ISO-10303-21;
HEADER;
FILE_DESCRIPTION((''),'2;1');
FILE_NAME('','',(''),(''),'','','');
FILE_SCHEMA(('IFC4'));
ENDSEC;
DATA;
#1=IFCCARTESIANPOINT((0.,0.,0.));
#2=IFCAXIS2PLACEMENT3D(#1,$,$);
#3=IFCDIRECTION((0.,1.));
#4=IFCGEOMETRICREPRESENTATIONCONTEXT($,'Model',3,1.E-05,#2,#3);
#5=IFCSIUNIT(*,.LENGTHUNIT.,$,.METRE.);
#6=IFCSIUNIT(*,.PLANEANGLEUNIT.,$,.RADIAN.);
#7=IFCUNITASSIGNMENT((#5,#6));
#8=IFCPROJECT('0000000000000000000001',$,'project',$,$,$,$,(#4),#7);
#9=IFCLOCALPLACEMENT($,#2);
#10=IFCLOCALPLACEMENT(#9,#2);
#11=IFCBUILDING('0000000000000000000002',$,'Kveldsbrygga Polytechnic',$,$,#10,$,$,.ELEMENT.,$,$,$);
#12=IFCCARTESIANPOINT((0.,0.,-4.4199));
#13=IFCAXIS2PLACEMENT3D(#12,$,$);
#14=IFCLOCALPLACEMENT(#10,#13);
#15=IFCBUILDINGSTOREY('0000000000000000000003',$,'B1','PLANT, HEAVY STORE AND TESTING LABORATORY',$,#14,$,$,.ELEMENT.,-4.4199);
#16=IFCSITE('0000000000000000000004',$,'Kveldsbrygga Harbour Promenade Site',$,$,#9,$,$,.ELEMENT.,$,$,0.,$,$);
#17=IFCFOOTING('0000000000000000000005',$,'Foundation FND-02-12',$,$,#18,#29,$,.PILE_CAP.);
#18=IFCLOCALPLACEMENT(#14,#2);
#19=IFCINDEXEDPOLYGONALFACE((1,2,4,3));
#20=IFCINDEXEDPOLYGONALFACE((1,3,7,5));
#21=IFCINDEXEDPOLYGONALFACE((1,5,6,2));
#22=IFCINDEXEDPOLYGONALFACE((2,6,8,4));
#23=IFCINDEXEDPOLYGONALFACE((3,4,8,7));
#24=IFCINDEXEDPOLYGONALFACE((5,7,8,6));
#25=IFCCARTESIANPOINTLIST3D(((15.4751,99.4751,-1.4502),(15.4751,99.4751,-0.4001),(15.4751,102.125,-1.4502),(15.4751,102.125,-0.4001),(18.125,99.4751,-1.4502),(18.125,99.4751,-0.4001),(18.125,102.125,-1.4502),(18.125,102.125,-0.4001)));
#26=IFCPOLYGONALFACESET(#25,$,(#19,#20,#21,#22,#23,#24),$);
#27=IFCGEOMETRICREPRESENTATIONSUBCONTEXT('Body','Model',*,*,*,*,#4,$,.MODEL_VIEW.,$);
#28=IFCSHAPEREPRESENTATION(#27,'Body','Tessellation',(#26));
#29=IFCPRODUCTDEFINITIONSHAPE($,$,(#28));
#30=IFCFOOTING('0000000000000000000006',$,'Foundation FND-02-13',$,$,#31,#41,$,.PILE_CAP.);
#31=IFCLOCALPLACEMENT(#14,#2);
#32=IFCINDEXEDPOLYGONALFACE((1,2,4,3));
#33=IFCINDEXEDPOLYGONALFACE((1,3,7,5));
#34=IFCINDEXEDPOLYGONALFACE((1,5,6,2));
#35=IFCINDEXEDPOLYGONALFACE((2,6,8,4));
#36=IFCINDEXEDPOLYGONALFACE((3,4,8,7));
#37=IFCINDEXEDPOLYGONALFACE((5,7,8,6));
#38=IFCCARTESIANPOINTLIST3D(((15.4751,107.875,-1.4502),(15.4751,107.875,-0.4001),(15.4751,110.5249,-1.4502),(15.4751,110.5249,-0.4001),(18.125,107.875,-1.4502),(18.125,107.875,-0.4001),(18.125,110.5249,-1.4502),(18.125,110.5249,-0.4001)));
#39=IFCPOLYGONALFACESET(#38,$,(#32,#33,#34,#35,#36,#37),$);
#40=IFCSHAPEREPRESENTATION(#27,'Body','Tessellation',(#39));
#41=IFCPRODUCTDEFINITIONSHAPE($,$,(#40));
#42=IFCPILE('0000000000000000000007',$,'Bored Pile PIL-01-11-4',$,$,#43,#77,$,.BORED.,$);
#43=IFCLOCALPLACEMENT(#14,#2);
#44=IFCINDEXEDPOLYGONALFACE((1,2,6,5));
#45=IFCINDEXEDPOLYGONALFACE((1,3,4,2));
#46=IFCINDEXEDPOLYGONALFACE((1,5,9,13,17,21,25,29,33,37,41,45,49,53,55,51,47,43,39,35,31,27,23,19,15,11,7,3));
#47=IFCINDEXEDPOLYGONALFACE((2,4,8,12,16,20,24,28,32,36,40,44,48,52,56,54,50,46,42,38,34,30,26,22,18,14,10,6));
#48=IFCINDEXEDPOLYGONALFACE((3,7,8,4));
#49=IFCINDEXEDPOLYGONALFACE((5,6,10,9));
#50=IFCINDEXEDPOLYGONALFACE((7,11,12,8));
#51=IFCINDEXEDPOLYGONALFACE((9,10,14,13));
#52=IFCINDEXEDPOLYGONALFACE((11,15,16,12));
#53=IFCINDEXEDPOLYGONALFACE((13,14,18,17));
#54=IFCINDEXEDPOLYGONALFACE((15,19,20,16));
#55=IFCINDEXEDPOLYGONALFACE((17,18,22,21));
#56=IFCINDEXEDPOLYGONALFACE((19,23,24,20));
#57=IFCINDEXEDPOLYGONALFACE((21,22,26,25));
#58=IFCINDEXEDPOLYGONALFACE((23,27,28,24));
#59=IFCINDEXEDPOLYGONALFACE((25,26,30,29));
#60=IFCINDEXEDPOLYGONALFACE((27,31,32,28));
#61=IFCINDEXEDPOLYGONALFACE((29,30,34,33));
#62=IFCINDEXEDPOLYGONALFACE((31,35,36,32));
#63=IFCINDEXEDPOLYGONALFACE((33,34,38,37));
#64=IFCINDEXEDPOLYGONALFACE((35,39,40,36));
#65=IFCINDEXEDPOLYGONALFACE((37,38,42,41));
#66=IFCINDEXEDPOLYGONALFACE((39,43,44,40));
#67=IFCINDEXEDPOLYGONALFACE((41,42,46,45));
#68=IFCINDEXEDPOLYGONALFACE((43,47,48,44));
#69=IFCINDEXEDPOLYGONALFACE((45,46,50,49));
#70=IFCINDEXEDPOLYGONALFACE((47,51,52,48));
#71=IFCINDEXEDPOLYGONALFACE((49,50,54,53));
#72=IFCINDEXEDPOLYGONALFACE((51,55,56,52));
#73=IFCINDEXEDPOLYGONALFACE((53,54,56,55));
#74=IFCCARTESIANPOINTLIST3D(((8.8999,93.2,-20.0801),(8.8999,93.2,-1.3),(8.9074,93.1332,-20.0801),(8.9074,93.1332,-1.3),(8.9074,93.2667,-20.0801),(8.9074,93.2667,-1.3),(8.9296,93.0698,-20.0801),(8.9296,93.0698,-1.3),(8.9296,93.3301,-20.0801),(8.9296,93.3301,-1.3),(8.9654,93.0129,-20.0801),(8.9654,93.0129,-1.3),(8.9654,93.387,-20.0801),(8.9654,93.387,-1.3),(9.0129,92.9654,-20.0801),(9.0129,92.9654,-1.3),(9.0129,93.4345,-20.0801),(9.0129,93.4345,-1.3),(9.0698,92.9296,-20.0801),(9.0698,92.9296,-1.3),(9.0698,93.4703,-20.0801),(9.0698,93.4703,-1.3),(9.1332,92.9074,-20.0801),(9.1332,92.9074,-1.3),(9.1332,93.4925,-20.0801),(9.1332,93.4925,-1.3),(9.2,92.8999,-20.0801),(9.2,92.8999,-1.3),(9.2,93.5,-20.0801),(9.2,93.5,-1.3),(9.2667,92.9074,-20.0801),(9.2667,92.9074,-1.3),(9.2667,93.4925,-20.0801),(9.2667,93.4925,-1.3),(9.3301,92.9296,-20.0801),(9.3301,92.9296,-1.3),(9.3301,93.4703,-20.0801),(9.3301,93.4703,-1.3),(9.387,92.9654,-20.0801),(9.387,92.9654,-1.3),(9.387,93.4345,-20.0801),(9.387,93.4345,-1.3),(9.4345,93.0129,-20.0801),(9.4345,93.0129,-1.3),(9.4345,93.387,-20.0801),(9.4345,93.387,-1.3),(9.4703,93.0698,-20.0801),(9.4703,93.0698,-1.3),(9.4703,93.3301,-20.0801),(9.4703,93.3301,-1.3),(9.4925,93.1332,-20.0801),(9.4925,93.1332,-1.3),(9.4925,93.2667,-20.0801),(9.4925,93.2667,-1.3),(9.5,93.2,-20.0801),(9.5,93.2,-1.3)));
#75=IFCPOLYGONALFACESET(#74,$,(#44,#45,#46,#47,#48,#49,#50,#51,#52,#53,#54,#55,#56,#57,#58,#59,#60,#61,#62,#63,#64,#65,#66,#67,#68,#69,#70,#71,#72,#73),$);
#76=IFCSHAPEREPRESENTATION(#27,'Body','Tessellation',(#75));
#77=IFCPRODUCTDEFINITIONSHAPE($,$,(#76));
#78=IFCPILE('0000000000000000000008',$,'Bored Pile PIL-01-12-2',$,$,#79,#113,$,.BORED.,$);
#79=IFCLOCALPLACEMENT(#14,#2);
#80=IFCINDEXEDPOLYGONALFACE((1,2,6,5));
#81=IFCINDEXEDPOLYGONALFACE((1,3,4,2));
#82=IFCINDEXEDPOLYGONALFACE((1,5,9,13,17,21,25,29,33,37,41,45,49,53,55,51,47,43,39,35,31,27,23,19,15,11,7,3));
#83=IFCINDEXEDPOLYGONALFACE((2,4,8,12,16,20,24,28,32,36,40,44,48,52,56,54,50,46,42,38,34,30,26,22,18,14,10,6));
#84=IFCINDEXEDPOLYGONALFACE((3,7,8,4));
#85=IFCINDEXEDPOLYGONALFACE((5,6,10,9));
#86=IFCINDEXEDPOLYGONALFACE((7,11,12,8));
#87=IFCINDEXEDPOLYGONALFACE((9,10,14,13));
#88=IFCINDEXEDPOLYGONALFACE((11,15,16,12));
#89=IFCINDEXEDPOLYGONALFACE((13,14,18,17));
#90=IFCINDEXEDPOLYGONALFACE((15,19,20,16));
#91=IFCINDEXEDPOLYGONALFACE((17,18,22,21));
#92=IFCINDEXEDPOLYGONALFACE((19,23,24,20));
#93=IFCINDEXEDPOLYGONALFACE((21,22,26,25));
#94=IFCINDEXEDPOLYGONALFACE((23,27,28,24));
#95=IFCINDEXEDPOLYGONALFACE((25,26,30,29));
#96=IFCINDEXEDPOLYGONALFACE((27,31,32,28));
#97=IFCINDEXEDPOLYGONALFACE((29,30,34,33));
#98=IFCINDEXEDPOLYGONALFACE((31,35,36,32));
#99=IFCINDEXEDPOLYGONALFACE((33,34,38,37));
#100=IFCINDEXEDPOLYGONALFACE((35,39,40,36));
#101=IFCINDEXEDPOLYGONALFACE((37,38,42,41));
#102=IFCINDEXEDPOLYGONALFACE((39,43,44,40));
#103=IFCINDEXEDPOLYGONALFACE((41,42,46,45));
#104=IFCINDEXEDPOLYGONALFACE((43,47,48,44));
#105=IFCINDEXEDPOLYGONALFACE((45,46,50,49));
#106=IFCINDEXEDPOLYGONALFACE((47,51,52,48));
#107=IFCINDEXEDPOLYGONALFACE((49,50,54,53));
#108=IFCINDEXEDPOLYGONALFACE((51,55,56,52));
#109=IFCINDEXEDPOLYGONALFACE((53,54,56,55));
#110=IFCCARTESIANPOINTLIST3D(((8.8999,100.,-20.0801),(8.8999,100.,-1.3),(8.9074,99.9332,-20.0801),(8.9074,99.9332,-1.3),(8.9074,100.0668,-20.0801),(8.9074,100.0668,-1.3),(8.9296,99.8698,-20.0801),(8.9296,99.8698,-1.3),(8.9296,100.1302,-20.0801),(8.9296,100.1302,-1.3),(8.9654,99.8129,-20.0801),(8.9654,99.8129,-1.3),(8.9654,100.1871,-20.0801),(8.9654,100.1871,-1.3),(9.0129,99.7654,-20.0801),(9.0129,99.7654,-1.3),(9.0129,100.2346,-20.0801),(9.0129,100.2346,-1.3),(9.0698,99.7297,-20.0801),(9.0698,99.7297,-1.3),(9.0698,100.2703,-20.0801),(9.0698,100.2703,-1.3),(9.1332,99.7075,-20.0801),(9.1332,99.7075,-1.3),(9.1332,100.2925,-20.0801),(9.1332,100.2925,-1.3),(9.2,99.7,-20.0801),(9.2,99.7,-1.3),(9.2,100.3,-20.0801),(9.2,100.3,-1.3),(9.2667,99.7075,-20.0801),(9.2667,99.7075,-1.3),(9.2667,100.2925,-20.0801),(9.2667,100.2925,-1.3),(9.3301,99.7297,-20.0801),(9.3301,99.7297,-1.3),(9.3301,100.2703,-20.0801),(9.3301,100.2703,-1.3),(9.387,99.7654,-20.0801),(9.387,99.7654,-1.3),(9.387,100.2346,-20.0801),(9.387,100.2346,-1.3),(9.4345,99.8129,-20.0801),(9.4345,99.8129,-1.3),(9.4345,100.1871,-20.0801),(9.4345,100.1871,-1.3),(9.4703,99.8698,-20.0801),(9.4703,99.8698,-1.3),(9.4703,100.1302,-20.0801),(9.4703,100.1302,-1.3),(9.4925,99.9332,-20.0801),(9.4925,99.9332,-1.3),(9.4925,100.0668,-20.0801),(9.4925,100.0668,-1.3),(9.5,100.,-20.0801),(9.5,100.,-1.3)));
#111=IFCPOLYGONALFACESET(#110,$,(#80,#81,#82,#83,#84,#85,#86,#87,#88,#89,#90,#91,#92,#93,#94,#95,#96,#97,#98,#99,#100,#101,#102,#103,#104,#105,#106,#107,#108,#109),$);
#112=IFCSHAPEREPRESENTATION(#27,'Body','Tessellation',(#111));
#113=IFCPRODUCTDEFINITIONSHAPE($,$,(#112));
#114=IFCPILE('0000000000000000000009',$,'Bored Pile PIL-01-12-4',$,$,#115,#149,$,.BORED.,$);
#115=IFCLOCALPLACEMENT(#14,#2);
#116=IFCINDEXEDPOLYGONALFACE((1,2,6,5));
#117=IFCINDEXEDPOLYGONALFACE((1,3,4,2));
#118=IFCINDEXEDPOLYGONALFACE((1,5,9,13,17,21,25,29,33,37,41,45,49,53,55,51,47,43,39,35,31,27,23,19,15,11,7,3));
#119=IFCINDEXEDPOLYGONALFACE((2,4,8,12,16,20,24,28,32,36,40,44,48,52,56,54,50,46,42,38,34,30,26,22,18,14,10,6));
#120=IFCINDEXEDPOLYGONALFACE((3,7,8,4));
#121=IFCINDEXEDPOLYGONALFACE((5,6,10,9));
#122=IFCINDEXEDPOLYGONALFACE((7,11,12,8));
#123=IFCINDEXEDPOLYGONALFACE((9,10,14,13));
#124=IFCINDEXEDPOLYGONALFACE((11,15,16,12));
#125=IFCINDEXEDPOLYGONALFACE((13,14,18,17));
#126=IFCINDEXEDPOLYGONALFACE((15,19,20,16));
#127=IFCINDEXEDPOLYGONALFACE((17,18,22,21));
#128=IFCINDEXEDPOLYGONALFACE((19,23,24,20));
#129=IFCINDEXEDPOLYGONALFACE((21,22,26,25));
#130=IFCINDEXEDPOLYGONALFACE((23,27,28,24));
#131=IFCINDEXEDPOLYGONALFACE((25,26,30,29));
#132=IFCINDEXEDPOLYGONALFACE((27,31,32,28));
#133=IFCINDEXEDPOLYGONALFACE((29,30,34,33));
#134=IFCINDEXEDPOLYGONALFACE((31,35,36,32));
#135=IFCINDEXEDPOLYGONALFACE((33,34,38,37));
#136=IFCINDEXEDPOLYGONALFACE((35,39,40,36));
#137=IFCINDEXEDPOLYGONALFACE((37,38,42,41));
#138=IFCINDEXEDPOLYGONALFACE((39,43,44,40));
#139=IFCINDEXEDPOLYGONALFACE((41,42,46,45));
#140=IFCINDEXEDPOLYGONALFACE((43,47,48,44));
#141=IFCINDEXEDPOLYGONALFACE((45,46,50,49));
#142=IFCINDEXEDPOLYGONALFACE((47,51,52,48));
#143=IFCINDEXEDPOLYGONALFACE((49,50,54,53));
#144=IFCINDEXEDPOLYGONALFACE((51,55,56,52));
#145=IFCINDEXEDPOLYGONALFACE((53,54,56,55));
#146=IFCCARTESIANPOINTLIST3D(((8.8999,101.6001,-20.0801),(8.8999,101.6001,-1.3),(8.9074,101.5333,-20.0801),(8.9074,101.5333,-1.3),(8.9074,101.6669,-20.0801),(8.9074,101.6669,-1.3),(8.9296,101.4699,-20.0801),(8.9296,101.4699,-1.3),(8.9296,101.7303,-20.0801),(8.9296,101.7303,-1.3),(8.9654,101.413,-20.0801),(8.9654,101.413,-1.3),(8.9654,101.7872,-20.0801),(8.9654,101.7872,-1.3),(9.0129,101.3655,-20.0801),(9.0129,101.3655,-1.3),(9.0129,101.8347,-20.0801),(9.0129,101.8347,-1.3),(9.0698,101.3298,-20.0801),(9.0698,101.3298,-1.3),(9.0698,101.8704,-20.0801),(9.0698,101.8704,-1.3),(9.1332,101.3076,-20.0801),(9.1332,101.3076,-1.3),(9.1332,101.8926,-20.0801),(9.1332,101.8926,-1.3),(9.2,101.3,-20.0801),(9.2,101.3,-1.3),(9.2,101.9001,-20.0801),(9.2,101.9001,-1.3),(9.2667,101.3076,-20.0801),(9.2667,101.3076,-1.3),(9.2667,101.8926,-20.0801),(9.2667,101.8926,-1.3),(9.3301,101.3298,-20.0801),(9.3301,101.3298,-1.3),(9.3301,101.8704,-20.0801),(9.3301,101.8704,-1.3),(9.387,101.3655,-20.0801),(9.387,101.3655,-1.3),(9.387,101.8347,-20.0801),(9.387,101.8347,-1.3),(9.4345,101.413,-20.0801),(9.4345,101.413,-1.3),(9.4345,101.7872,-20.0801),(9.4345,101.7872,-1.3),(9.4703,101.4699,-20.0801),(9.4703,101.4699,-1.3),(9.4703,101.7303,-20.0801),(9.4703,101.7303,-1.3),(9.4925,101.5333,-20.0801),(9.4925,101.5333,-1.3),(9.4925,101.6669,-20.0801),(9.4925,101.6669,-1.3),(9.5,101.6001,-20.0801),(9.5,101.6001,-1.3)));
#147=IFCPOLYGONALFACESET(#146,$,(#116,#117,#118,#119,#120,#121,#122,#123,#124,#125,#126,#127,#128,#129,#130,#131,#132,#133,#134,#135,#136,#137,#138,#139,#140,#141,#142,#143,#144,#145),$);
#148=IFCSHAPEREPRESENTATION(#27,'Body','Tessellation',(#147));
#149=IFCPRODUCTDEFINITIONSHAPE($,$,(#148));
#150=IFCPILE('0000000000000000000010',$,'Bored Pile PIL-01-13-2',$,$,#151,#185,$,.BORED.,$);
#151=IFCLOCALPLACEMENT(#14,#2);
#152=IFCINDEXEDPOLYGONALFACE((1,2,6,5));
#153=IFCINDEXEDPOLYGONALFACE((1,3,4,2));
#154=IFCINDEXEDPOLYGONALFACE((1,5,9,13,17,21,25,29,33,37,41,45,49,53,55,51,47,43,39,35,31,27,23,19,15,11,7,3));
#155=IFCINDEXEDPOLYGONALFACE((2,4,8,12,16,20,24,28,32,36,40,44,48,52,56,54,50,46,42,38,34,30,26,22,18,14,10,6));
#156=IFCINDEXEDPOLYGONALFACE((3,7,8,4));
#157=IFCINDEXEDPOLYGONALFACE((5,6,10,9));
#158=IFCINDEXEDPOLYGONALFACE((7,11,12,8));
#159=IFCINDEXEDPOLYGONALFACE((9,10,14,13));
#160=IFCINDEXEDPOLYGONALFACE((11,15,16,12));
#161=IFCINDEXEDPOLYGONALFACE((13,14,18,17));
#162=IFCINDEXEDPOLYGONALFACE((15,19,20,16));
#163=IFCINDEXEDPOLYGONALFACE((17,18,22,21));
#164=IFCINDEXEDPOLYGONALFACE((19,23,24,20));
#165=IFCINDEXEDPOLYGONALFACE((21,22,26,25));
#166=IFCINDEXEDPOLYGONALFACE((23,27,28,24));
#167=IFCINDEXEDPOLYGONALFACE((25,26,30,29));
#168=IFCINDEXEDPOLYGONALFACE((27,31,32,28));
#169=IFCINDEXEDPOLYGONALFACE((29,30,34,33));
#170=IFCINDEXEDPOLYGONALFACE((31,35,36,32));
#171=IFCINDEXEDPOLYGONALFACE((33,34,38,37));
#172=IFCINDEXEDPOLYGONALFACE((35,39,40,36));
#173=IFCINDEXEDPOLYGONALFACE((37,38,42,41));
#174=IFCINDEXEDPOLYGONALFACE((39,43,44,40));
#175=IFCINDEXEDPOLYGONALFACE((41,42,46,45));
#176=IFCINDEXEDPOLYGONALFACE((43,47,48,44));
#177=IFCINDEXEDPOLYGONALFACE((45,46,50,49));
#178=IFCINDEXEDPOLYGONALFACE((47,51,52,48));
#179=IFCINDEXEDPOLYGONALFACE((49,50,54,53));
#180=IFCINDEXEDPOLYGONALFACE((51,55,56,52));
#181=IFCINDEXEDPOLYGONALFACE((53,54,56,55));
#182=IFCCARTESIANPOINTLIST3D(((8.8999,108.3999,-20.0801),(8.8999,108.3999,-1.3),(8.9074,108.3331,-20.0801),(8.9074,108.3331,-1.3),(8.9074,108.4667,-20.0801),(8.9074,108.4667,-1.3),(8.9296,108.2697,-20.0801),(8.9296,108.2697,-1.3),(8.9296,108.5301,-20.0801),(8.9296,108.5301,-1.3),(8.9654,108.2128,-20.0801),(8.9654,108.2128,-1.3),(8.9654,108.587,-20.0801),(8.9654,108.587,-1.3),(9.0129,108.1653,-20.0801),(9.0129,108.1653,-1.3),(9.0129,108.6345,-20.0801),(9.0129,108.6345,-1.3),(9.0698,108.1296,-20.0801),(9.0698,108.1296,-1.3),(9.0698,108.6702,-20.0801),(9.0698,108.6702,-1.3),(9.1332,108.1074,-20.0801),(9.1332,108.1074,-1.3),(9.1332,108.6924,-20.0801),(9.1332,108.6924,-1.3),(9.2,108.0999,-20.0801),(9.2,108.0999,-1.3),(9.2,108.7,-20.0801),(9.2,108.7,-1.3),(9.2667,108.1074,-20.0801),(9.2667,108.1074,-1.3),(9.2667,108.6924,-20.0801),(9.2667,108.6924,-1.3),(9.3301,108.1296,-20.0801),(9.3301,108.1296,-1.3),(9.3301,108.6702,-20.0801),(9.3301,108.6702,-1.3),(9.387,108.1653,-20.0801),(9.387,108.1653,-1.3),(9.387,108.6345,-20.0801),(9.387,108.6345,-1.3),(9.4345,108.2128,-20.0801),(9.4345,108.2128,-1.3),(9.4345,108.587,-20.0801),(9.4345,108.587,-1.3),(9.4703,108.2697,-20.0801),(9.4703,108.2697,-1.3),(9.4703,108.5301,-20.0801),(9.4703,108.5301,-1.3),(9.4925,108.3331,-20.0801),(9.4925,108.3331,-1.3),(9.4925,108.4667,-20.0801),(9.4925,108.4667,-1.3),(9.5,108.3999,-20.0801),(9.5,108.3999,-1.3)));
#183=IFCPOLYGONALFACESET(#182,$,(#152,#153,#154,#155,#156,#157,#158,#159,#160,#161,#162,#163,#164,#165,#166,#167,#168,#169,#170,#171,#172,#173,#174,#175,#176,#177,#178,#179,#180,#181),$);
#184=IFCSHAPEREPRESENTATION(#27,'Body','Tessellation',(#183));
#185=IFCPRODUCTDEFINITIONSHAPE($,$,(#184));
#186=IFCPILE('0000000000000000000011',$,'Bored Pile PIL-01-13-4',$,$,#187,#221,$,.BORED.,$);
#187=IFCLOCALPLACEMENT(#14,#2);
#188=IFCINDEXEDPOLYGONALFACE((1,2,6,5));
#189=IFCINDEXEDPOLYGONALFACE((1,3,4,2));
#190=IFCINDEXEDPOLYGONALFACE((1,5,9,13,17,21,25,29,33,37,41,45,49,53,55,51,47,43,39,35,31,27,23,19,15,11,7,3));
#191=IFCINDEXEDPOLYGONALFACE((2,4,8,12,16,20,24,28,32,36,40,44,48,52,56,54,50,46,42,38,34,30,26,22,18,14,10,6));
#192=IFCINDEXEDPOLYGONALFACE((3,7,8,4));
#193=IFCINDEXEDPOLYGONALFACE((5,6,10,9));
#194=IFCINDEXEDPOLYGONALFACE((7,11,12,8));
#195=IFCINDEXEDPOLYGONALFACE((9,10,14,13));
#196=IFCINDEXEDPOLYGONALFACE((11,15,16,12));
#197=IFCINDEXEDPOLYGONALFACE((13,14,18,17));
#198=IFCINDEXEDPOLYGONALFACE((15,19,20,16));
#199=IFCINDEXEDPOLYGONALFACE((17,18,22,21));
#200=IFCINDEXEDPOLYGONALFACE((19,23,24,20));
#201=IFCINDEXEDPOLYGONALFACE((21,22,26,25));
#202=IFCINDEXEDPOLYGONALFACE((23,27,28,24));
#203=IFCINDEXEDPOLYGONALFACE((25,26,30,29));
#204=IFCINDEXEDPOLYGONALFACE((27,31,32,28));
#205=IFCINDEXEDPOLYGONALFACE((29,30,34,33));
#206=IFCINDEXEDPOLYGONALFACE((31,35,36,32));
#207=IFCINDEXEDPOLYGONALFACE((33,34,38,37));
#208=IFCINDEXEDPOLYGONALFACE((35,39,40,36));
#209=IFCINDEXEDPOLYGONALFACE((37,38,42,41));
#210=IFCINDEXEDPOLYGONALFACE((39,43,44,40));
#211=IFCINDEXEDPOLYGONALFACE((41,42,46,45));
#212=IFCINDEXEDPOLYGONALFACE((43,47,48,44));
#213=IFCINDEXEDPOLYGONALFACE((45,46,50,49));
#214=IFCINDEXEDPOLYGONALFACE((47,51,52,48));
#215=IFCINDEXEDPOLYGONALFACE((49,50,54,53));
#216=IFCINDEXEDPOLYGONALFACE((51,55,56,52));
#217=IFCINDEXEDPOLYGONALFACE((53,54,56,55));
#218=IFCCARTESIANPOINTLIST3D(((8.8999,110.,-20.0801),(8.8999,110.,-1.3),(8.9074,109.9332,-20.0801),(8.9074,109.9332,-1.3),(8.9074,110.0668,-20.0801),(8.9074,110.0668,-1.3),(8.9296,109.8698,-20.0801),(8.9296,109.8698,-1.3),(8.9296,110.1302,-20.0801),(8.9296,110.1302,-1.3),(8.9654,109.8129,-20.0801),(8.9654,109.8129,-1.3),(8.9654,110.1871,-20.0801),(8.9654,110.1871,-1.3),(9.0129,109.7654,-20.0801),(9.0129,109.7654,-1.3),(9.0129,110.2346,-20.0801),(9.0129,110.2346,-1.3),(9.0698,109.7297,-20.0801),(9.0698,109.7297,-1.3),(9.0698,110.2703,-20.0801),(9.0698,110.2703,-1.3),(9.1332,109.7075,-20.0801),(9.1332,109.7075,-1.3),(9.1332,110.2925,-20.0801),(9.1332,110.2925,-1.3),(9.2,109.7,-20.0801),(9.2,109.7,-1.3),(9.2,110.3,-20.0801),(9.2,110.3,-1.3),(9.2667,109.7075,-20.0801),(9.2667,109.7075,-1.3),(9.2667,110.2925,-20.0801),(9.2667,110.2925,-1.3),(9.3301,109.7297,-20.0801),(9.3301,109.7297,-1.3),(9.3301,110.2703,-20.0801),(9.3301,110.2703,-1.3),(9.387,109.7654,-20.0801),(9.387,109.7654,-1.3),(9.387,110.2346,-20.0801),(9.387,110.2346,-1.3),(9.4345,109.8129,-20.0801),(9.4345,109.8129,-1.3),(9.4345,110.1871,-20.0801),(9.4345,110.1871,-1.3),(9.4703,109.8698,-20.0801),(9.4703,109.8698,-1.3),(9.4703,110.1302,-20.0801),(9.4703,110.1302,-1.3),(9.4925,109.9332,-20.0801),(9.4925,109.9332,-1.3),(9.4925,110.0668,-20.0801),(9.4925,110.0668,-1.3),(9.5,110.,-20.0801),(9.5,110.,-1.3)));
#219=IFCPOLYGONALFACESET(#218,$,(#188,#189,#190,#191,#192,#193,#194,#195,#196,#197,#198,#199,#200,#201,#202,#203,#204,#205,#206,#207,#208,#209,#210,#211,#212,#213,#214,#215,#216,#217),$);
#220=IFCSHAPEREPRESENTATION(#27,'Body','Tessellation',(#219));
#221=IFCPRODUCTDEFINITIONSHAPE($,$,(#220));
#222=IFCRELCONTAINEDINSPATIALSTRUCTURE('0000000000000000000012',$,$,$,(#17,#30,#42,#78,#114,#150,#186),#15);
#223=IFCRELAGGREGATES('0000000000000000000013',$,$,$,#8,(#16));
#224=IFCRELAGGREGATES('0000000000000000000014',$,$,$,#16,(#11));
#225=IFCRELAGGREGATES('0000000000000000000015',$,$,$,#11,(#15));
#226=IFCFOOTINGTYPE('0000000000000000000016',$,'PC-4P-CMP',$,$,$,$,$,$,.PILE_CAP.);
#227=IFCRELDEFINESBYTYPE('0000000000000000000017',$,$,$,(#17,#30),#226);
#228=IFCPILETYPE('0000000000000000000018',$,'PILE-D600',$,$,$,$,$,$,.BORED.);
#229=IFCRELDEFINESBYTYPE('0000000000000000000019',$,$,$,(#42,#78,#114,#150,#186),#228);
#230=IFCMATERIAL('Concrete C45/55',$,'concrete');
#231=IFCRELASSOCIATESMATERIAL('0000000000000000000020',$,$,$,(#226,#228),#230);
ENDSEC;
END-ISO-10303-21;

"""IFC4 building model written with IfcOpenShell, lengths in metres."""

from ifc_helpers import new_model, si_unit, direction, frame, origin, origin_2d, place, context, subcontext, project, spatial, rectangle, circle, extrude, material, material_profile, profile_set, type_object, element, save


model = new_model("IFC4")

# Units and contexts
model_context = context("Model", 3, precision=1e-05, world=origin(), true_north=direction((0.0, 1.0)))
body_context = subcontext(model_context, "Body", "Model", "MODEL_VIEW")
ifc_project = project(units=[si_unit("LENGTHUNIT", "METRE"), si_unit("PLANEANGLEUNIT", "RADIAN")], contexts=[model_context])

# Site, building, storey
site_placement = place(None, origin())
site = spatial("IfcSite", under=ifc_project, at=site_placement, Name="Kveldsbrygga Harbour Promenade Site", CompositionType="ELEMENT", RefElevation=0.0)
building_placement = place(site_placement, origin())
building = spatial("IfcBuilding", under=site, at=building_placement, Name="Kveldsbrygga Polytechnic", CompositionType="ELEMENT")
storey_placement = place(building_placement, frame((0.0, 0.0, -4.4199)))
storey = spatial("IfcBuildingStorey", under=building, at=storey_placement, Name="B1", Description="PLANT, HEAVY STORE AND TESTING LABORATORY", CompositionType="ELEMENT", Elevation=-4.4199)

# Footings
ifc_material_1 = material(Name="Concrete C45/55", Category="concrete")
footing_type = type_object("IfcFootingType", Name="PC-4P-CMP", PredefinedType="PILE_CAP", material=ifc_material_1)
for number, where, z_axis, x_axis, name in (
    (1, (16.8, 100.8, -1.4502), (0.0, 0.0, 1.0), (1.0, 0.0, 0.0), "Foundation FND-02-12"),
    (2, (16.8, 109.2, -1.4502), (0.0, 0.0, 1.0), (1.0, 0.0, 0.0), "Foundation FND-02-13"),
):
    element("IfcFooting", number, at=place(storey_placement, frame(where, z_axis=z_axis, x_axis=x_axis)), inside=storey, type_object=footing_type, Name=name, PredefinedType="PILE_CAP", context=body_context, shape_type="SweptSolid", body=[
        extrude(rectangle(XDim=2.6499, YDim=2.6499, at=origin_2d()), origin(), (0.0, 0.0, 1.0), 1.05),
    ])

# Piles
ifc_material_profile_1 = material_profile(ifc_material_1, circle(Radius=0.3, at=origin_2d()), Name="PILE D600")
ifc_profile_set_1 = profile_set([ifc_material_profile_1], Name="Concrete C45/55")
pile_type = type_object("IfcPileType", Name="PILE-D600", PredefinedType="BORED", material=ifc_profile_set_1)
for number, where, z_axis, x_axis, name in (
    (3, (9.2, 93.2, -1.3), (0.0, 0.0, -1.0), (1.0, 0.0, 0.0), "Bored Pile PIL-01-11-4"),
    (4, (9.2, 100.0, -1.3), (0.0, 0.0, -1.0), (1.0, 0.0, 0.0), "Bored Pile PIL-01-12-2"),
    (5, (9.2, 101.6001, -1.3), (0.0, 0.0, -1.0), (1.0, 0.0, 0.0), "Bored Pile PIL-01-12-4"),
    (6, (9.2, 108.3999, -1.3), (0.0, 0.0, -1.0), (1.0, 0.0, 0.0), "Bored Pile PIL-01-13-2"),
    (7, (9.2, 110.0, -1.3), (0.0, 0.0, -1.0), (1.0, 0.0, 0.0), "Bored Pile PIL-01-13-4"),
):
    element("IfcPile", number, at=place(storey_placement, frame(where, z_axis=z_axis, x_axis=x_axis)), inside=storey, type_object=pile_type, Name=name, PredefinedType="BORED", context=body_context, shape_type="SweptSolid", body=[
        extrude(circle(Radius=0.3, at=origin_2d()), origin(), (0.0, 0.0, 1.0), 18.78),
    ])

save(model, "model.ifc")
